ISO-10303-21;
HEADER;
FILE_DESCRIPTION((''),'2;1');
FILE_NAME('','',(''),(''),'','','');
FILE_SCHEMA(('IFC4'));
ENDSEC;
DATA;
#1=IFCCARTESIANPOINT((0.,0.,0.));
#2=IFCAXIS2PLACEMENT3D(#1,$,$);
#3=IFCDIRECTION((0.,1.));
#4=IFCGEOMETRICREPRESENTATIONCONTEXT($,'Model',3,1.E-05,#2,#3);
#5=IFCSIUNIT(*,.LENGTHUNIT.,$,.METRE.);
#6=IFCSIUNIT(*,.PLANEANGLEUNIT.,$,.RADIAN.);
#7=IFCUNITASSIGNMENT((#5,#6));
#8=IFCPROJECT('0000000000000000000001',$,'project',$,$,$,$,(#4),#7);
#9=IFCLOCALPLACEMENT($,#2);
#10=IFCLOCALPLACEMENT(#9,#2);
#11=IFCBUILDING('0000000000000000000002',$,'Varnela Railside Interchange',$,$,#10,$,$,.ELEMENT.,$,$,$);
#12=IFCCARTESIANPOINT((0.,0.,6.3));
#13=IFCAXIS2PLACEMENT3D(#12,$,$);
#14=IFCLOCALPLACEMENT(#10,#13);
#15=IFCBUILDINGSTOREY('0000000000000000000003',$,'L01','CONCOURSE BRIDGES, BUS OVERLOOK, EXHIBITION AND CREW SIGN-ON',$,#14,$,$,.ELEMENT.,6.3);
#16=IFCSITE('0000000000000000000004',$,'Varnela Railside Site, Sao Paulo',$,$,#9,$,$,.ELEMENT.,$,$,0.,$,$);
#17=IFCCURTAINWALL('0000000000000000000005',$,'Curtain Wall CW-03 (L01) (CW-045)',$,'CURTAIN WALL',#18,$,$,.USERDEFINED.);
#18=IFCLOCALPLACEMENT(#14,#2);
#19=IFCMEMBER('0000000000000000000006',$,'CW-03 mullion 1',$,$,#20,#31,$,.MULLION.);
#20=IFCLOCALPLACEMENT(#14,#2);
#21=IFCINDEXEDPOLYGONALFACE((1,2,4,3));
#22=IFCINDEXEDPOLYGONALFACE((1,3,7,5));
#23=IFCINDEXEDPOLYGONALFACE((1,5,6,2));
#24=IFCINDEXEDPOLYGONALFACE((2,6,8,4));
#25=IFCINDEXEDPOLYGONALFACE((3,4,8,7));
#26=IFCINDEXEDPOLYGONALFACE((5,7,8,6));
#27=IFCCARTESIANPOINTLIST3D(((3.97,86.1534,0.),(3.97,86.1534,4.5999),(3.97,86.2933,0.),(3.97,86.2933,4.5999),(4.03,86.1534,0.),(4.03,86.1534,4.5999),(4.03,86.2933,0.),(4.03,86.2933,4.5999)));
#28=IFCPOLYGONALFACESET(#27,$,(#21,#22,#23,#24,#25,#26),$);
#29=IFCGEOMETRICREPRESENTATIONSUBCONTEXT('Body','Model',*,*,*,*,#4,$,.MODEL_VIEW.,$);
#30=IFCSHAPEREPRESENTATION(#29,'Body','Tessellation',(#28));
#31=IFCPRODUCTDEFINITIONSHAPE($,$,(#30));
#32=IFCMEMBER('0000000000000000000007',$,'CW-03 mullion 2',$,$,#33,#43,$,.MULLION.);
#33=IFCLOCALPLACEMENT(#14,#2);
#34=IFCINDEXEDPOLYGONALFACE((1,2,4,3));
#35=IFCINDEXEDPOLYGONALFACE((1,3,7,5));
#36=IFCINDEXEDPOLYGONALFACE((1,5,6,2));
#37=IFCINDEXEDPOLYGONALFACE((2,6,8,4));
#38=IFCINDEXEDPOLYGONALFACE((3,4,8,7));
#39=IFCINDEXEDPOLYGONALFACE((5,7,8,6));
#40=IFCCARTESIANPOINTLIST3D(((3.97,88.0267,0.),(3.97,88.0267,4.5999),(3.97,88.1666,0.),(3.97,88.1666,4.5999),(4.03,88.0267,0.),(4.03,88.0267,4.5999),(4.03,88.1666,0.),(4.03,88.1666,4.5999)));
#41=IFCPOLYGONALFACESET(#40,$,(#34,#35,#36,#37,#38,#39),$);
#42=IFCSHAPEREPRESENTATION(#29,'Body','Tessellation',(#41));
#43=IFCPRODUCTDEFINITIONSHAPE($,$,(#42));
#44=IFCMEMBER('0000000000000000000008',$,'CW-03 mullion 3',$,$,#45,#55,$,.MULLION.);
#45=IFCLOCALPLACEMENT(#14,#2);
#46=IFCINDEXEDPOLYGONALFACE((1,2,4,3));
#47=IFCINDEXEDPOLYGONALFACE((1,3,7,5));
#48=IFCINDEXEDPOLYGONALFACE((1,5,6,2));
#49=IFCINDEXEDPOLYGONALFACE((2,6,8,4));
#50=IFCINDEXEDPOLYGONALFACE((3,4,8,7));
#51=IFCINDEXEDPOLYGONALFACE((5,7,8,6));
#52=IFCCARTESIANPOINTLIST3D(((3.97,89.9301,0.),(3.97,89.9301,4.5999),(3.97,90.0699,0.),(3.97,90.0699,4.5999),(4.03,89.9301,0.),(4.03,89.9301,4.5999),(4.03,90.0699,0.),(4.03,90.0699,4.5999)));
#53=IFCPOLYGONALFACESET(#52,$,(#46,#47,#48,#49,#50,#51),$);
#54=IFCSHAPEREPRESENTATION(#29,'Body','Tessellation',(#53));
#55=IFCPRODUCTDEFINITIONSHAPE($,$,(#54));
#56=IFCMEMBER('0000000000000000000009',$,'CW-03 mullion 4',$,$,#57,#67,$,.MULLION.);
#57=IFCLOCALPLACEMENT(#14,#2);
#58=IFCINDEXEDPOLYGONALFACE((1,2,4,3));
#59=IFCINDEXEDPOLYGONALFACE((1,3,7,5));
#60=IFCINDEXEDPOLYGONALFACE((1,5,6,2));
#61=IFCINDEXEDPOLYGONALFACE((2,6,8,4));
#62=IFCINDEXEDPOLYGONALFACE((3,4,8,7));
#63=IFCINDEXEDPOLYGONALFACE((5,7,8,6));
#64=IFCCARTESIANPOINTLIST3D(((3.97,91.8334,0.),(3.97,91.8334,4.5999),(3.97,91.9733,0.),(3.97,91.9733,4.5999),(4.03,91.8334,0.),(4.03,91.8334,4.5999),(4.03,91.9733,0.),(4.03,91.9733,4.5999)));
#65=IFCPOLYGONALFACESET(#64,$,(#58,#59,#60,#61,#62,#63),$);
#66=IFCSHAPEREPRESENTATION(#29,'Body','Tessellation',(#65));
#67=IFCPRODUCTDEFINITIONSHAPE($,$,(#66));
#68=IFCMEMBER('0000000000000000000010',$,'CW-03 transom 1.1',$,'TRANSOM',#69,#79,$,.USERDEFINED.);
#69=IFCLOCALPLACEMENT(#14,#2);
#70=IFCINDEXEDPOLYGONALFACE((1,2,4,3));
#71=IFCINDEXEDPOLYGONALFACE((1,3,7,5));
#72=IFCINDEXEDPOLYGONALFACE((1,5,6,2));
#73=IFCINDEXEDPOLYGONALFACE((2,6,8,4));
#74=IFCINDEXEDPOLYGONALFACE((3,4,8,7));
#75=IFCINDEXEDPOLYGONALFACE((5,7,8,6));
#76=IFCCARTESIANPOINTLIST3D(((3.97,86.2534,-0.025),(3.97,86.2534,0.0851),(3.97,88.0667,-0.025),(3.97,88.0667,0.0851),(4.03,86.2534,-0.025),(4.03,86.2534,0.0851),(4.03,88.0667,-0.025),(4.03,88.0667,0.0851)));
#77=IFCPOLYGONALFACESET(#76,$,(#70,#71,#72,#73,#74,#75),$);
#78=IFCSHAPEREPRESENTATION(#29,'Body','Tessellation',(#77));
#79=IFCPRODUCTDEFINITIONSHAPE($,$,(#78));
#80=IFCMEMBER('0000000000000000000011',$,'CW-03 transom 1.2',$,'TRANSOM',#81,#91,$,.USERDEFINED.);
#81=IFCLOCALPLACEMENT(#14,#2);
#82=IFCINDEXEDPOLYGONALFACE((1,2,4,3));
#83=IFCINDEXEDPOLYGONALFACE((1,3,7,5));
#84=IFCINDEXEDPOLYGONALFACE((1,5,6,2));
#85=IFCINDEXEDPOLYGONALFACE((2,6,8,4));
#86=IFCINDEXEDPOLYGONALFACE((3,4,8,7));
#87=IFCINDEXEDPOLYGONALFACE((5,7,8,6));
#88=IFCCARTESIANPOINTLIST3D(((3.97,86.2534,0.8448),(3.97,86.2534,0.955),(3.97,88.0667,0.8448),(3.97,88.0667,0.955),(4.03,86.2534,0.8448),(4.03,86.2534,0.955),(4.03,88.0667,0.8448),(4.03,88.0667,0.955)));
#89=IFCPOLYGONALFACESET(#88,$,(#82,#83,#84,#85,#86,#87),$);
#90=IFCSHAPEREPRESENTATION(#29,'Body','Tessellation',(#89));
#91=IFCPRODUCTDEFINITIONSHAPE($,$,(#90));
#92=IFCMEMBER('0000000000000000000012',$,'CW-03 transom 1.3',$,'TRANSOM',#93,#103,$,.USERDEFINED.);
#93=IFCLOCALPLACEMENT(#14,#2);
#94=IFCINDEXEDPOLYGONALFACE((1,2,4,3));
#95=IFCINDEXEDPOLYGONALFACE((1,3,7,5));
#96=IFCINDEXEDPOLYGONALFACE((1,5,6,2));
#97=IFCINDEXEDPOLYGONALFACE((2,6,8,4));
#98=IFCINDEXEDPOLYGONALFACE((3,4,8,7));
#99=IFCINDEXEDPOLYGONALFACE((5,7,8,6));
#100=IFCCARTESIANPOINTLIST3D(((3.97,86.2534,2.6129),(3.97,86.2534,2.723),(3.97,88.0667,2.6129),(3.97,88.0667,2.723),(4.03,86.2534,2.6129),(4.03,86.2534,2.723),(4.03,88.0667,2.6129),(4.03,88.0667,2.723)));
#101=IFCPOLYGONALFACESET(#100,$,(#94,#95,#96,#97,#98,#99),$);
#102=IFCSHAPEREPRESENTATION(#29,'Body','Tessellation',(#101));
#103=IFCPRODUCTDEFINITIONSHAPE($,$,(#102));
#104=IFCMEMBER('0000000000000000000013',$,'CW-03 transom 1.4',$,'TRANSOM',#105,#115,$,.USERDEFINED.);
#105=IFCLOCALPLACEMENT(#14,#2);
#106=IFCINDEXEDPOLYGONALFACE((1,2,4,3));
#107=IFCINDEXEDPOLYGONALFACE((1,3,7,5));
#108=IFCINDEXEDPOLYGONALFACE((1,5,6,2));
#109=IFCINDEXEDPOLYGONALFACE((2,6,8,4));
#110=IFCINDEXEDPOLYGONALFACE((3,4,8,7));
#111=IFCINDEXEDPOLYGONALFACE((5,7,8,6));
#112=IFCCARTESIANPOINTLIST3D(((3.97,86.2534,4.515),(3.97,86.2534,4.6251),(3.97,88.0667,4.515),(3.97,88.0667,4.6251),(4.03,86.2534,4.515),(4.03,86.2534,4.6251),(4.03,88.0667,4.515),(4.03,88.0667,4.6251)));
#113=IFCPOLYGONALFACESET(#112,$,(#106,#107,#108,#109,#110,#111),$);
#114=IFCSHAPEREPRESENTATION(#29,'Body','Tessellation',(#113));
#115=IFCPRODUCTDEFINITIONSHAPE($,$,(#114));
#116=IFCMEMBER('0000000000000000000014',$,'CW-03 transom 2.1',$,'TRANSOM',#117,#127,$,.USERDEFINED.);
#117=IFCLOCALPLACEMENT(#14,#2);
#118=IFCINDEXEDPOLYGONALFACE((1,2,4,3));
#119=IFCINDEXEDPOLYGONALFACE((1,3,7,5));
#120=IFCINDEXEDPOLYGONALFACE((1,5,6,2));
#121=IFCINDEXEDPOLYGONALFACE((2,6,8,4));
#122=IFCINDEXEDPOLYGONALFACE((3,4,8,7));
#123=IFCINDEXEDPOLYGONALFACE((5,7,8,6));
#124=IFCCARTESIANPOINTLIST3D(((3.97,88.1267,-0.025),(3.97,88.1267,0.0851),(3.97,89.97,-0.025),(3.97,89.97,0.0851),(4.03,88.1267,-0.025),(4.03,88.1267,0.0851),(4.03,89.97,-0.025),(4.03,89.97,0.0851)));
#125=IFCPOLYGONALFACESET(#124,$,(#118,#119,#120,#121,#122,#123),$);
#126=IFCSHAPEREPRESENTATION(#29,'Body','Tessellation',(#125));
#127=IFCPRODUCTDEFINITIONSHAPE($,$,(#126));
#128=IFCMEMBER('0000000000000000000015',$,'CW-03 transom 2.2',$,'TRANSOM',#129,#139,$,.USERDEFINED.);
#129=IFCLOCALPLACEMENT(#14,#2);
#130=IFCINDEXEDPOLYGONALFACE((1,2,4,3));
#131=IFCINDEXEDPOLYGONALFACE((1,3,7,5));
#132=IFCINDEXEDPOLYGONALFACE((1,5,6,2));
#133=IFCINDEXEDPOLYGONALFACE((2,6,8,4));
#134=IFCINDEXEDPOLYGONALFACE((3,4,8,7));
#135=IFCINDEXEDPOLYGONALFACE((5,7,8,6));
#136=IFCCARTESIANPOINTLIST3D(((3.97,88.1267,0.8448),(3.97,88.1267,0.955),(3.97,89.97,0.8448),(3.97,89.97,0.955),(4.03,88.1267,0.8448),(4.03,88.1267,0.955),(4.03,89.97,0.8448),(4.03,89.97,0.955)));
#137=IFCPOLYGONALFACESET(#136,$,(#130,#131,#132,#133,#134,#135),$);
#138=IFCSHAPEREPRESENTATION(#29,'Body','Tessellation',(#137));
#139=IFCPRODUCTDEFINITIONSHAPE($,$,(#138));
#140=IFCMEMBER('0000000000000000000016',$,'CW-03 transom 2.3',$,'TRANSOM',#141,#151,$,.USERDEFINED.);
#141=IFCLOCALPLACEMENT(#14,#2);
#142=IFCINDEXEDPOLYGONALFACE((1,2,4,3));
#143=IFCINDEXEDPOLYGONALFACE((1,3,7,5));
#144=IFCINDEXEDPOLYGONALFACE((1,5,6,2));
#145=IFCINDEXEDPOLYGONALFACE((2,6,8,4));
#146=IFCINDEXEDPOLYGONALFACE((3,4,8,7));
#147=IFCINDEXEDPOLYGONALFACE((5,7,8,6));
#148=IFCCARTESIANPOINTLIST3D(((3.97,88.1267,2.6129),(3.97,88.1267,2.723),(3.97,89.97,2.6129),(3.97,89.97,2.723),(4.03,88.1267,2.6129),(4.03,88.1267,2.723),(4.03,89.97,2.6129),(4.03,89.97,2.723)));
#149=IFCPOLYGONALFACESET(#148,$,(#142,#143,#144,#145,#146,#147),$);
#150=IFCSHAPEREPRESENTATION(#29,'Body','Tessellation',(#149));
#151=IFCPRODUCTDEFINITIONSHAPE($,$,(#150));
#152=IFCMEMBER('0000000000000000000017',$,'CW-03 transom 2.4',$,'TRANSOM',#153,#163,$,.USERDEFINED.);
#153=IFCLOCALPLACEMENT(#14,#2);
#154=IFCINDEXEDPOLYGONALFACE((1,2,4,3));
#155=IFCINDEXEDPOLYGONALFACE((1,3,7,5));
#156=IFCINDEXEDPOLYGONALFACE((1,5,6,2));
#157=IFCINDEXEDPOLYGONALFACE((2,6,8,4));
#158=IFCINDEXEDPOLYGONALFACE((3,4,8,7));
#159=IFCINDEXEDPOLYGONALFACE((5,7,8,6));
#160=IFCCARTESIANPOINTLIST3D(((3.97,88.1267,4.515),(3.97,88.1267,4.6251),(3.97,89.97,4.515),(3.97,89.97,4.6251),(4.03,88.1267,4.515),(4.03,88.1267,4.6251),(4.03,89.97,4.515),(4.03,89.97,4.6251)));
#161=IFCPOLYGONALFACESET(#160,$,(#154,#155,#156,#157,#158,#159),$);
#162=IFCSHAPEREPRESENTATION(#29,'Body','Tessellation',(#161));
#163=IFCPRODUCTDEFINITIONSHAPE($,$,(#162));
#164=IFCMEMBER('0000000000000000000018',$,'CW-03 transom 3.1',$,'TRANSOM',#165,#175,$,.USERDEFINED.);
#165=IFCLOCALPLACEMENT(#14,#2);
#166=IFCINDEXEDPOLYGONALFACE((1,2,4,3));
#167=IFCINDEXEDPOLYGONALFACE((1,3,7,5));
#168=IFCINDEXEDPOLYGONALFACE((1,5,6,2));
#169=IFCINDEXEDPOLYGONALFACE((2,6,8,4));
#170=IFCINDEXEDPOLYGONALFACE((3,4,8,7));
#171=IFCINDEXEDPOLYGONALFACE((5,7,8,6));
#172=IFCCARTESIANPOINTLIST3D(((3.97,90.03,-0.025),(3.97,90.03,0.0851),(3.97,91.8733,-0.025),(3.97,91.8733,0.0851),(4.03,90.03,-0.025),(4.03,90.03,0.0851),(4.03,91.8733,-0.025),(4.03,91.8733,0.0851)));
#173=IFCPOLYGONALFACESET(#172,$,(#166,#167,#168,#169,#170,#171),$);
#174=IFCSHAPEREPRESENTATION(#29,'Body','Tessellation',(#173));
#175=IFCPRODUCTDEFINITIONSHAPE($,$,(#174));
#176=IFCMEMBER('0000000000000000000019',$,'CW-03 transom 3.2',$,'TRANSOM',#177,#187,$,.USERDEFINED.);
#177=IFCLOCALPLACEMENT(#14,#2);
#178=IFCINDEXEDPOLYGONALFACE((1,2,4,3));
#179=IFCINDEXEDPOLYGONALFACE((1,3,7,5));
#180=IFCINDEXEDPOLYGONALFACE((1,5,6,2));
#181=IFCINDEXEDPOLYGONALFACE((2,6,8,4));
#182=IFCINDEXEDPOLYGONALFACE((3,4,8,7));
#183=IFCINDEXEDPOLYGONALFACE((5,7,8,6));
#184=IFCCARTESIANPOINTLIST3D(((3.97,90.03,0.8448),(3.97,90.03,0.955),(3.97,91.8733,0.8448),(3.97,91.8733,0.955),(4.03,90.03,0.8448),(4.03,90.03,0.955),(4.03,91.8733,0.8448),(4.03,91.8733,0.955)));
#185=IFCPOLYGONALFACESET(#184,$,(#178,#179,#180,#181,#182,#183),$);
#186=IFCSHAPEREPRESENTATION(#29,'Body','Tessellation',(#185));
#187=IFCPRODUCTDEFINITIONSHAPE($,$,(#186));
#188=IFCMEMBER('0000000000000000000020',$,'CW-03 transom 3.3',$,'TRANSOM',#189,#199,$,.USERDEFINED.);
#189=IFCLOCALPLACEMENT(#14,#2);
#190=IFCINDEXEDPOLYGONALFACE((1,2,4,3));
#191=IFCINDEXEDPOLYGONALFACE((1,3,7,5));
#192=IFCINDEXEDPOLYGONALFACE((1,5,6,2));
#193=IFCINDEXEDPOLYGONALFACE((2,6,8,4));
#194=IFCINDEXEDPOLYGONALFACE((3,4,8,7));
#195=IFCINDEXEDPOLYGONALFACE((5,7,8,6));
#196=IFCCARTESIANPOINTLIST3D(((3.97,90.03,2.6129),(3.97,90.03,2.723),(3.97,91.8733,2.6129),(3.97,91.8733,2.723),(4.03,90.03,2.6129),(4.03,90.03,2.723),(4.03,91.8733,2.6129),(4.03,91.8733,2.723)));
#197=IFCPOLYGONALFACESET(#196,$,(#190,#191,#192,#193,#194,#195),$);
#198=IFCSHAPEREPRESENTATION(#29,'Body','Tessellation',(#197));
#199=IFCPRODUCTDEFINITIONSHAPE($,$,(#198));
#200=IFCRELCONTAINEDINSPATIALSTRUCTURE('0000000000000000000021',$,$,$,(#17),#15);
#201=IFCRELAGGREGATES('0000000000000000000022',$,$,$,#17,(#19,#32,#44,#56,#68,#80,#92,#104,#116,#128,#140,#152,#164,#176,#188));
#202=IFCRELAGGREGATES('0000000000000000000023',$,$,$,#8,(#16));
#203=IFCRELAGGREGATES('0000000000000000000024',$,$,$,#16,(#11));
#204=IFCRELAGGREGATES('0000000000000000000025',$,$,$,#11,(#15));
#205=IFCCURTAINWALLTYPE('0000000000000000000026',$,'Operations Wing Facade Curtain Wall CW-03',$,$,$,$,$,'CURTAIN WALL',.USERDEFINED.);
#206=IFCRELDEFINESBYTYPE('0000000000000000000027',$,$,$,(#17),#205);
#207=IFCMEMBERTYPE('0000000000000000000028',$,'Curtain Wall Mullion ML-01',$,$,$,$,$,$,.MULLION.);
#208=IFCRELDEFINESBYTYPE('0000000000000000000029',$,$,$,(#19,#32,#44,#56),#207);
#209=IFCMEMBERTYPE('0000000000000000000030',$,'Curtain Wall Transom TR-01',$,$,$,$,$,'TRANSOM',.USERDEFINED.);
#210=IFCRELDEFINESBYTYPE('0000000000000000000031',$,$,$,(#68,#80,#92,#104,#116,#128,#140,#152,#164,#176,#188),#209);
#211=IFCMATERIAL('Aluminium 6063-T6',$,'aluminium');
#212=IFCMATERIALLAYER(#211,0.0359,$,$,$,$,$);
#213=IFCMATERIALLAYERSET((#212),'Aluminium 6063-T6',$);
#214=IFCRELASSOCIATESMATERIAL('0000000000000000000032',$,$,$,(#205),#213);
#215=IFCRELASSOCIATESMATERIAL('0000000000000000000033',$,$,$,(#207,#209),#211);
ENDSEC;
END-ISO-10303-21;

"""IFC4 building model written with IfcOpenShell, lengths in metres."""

from ifc_helpers import new_model, si_unit, direction, frame, origin, origin_2d, place, context, subcontext, project, spatial, rectangle, extrude, material, layer, layer_set, material_profile, profile_set, type_object, element, aggregate, save


model = new_model("IFC4")

# Units and contexts
model_context = context("Model", 3, precision=1e-05, world=origin(), true_north=direction((0.0, 1.0)))
body_context = subcontext(model_context, "Body", "Model", "MODEL_VIEW")
ifc_project = project(units=[si_unit("LENGTHUNIT", "METRE"), si_unit("PLANEANGLEUNIT", "RADIAN")], contexts=[model_context])

# Site, building, storey
site_placement = place(None, origin())
site = spatial("IfcSite", under=ifc_project, at=site_placement, Name="Varnela Railside Site, Sao Paulo", CompositionType="ELEMENT", RefElevation=0.0)
building_placement = place(site_placement, origin())
building = spatial("IfcBuilding", under=site, at=building_placement, Name="Varnela Railside Interchange", CompositionType="ELEMENT")
storey_placement = place(building_placement, frame((0.0, 0.0, 6.3)))
storey = spatial("IfcBuildingStorey", under=building, at=storey_placement, Name="L01", Description="CONCOURSE BRIDGES, BUS OVERLOOK, EXHIBITION AND CREW SIGN-ON", CompositionType="ELEMENT", Elevation=6.3)

# Curtain wall, members
ifc_material_1 = material(Name="Aluminium 6063-T6", Category="aluminium")
ifc_layer_1 = layer(ifc_material_1, 0.0359)
ifc_layer_set_1 = layer_set([ifc_layer_1], Name="Aluminium 6063-T6")
curtain_wall_type = type_object("IfcCurtainWallType", Name="Operations Wing Facade Curtain Wall CW-03", ElementType="CURTAIN WALL", PredefinedType="USERDEFINED", material=ifc_layer_set_1)
curtain_wall_placement = place(storey_placement, origin())
curtain_wall = element("IfcCurtainWall", 1, at=curtain_wall_placement, inside=storey, type_object=curtain_wall_type, Name="Curtain Wall CW-03 (L01) (CW-045)", ObjectType="CURTAIN WALL", PredefinedType="USERDEFINED")
ifc_material_profile_1 = material_profile(ifc_material_1, rectangle(XDim=0.0601, YDim=0.1399, at=origin_2d()), Name="ALU 60x140")
ifc_profile_set_1 = profile_set([ifc_material_profile_1], Name="Aluminium 6063-T6")
member_type_1 = type_object("IfcMemberType", Name="Curtain Wall Mullion ML-01", PredefinedType="MULLION", material=ifc_profile_set_1)
member_1_placement = place(storey_placement, frame((4.0, 86.2234, 0.0), z_axis=(0.0, 0.0, 1.0), x_axis=(-1.0, 0.0, 0.0)))
member_1 = element("IfcMember", 2, at=member_1_placement, type_object=member_type_1, Name="CW-03 mullion 1", PredefinedType="MULLION", context=body_context, shape_type="SweptSolid", body=[
    extrude(rectangle(XDim=0.0601, YDim=0.1399, at=origin_2d()), origin(), (0.0, 0.0, 1.0), 4.5999),
])
member_2_placement = place(storey_placement, frame((4.0, 88.0967, 0.0), z_axis=(0.0, 0.0, 1.0), x_axis=(-1.0, 0.0, 0.0)))
member_2 = element("IfcMember", 3, at=member_2_placement, type_object=member_type_1, Name="CW-03 mullion 2", PredefinedType="MULLION", context=body_context, shape_type="SweptSolid", body=[
    extrude(rectangle(XDim=0.0601, YDim=0.1399, at=origin_2d()), origin(), (0.0, 0.0, 1.0), 4.5999),
])
member_3_placement = place(storey_placement, frame((4.0, 90.0, 0.0), z_axis=(0.0, 0.0, 1.0), x_axis=(-1.0, 0.0, 0.0)))
member_3 = element("IfcMember", 4, at=member_3_placement, type_object=member_type_1, Name="CW-03 mullion 3", PredefinedType="MULLION", context=body_context, shape_type="SweptSolid", body=[
    extrude(rectangle(XDim=0.0601, YDim=0.1399, at=origin_2d()), origin(), (0.0, 0.0, 1.0), 4.5999),
])
member_4_placement = place(storey_placement, frame((4.0, 91.9033, 0.0), z_axis=(0.0, 0.0, 1.0), x_axis=(-1.0, 0.0, 0.0)))
member_4 = element("IfcMember", 5, at=member_4_placement, type_object=member_type_1, Name="CW-03 mullion 4", PredefinedType="MULLION", context=body_context, shape_type="SweptSolid", body=[
    extrude(rectangle(XDim=0.0601, YDim=0.1399, at=origin_2d()), origin(), (0.0, 0.0, 1.0), 4.5999),
])
ifc_material_profile_2 = material_profile(ifc_material_1, rectangle(XDim=0.0601, YDim=0.1101, at=origin_2d()), Name="ALU 60x110")
ifc_profile_set_2 = profile_set([ifc_material_profile_2], Name="Aluminium 6063-T6")
member_type_2 = type_object("IfcMemberType", Name="Curtain Wall Transom TR-01", ElementType="TRANSOM", PredefinedType="USERDEFINED", material=ifc_profile_set_2)
member_5_placement = place(storey_placement, frame((4.0, 86.2534, 0.03), z_axis=(0.0, 1.0, 0.0), x_axis=(-1.0, 0.0, 0.0)))
member_5 = element("IfcMember", 6, at=member_5_placement, type_object=member_type_2, Name="CW-03 transom 1.1", ObjectType="TRANSOM", PredefinedType="USERDEFINED", context=body_context, shape_type="SweptSolid", body=[
    extrude(rectangle(XDim=0.0601, YDim=0.1101, at=origin_2d()), origin(), (0.0, 0.0, 1.0), 1.8132),
])
member_6_placement = place(storey_placement, frame((4.0, 86.2534, 0.8999), z_axis=(0.0, 1.0, 0.0), x_axis=(-1.0, 0.0, 0.0)))
member_6 = element("IfcMember", 7, at=member_6_placement, type_object=member_type_2, Name="CW-03 transom 1.2", ObjectType="TRANSOM", PredefinedType="USERDEFINED", context=body_context, shape_type="SweptSolid", body=[
    extrude(rectangle(XDim=0.0601, YDim=0.1101, at=origin_2d()), origin(), (0.0, 0.0, 1.0), 1.8132),
])
member_7_placement = place(storey_placement, frame((4.0, 86.2534, 2.668), z_axis=(0.0, 1.0, 0.0), x_axis=(-1.0, 0.0, 0.0)))
member_7 = element("IfcMember", 8, at=member_7_placement, type_object=member_type_2, Name="CW-03 transom 1.3", ObjectType="TRANSOM", PredefinedType="USERDEFINED", context=body_context, shape_type="SweptSolid", body=[
    extrude(rectangle(XDim=0.0601, YDim=0.1101, at=origin_2d()), origin(), (0.0, 0.0, 1.0), 1.8132),
])
member_8_placement = place(storey_placement, frame((4.0, 86.2534, 4.5701), z_axis=(0.0, 1.0, 0.0), x_axis=(-1.0, 0.0, 0.0)))
member_8 = element("IfcMember", 9, at=member_8_placement, type_object=member_type_2, Name="CW-03 transom 1.4", ObjectType="TRANSOM", PredefinedType="USERDEFINED", context=body_context, shape_type="SweptSolid", body=[
    extrude(rectangle(XDim=0.0601, YDim=0.1101, at=origin_2d()), origin(), (0.0, 0.0, 1.0), 1.8132),
])
member_9_placement = place(storey_placement, frame((4.0, 88.1267, 0.03), z_axis=(0.0, 1.0, 0.0), x_axis=(-1.0, 0.0, 0.0)))
member_9 = element("IfcMember", 10, at=member_9_placement, type_object=member_type_2, Name="CW-03 transom 2.1", ObjectType="TRANSOM", PredefinedType="USERDEFINED", context=body_context, shape_type="SweptSolid", body=[
    extrude(rectangle(XDim=0.0601, YDim=0.1101, at=origin_2d()), origin(), (0.0, 0.0, 1.0), 1.8433),
])
member_10_placement = place(storey_placement, frame((4.0, 88.1267, 0.8999), z_axis=(0.0, 1.0, 0.0), x_axis=(-1.0, 0.0, 0.0)))
member_10 = element("IfcMember", 11, at=member_10_placement, type_object=member_type_2, Name="CW-03 transom 2.2", ObjectType="TRANSOM", PredefinedType="USERDEFINED", context=body_context, shape_type="SweptSolid", body=[
    extrude(rectangle(XDim=0.0601, YDim=0.1101, at=origin_2d()), origin(), (0.0, 0.0, 1.0), 1.8433),
])
member_11_placement = place(storey_placement, frame((4.0, 88.1267, 2.668), z_axis=(0.0, 1.0, 0.0), x_axis=(-1.0, 0.0, 0.0)))
member_11 = element("IfcMember", 12, at=member_11_placement, type_object=member_type_2, Name="CW-03 transom 2.3", ObjectType="TRANSOM", PredefinedType="USERDEFINED", context=body_context, shape_type="SweptSolid", body=[
    extrude(rectangle(XDim=0.0601, YDim=0.1101, at=origin_2d()), origin(), (0.0, 0.0, 1.0), 1.8433),
])
member_12_placement = place(storey_placement, frame((4.0, 88.1267, 4.5701), z_axis=(0.0, 1.0, 0.0), x_axis=(-1.0, 0.0, 0.0)))
member_12 = element("IfcMember", 13, at=member_12_placement, type_object=member_type_2, Name="CW-03 transom 2.4", ObjectType="TRANSOM", PredefinedType="USERDEFINED", context=body_context, shape_type="SweptSolid", body=[
    extrude(rectangle(XDim=0.0601, YDim=0.1101, at=origin_2d()), origin(), (0.0, 0.0, 1.0), 1.8433),
])
member_13_placement = place(storey_placement, frame((4.0, 90.03, 0.03), z_axis=(0.0, 1.0, 0.0), x_axis=(-1.0, 0.0, 0.0)))
member_13 = element("IfcMember", 14, at=member_13_placement, type_object=member_type_2, Name="CW-03 transom 3.1", ObjectType="TRANSOM", PredefinedType="USERDEFINED", context=body_context, shape_type="SweptSolid", body=[
    extrude(rectangle(XDim=0.0601, YDim=0.1101, at=origin_2d()), origin(), (0.0, 0.0, 1.0), 1.8433),
])
member_14_placement = place(storey_placement, frame((4.0, 90.03, 0.8999), z_axis=(0.0, 1.0, 0.0), x_axis=(-1.0, 0.0, 0.0)))
member_14 = element("IfcMember", 15, at=member_14_placement, type_object=member_type_2, Name="CW-03 transom 3.2", ObjectType="TRANSOM", PredefinedType="USERDEFINED", context=body_context, shape_type="SweptSolid", body=[
    extrude(rectangle(XDim=0.0601, YDim=0.1101, at=origin_2d()), origin(), (0.0, 0.0, 1.0), 1.8433),
])
member_15_placement = place(storey_placement, frame((4.0, 90.03, 2.668), z_axis=(0.0, 1.0, 0.0), x_axis=(-1.0, 0.0, 0.0)))
member_15 = element("IfcMember", 16, at=member_15_placement, type_object=member_type_2, Name="CW-03 transom 3.3", ObjectType="TRANSOM", PredefinedType="USERDEFINED", context=body_context, shape_type="SweptSolid", body=[
    extrude(rectangle(XDim=0.0601, YDim=0.1101, at=origin_2d()), origin(), (0.0, 0.0, 1.0), 1.8433),
])
aggregate(curtain_wall, [member_1, member_2, member_3, member_4, member_5, member_6, member_7, member_8, member_9, member_10, member_11, member_12, member_13, member_14, member_15])

save(model, "model.ifc")
